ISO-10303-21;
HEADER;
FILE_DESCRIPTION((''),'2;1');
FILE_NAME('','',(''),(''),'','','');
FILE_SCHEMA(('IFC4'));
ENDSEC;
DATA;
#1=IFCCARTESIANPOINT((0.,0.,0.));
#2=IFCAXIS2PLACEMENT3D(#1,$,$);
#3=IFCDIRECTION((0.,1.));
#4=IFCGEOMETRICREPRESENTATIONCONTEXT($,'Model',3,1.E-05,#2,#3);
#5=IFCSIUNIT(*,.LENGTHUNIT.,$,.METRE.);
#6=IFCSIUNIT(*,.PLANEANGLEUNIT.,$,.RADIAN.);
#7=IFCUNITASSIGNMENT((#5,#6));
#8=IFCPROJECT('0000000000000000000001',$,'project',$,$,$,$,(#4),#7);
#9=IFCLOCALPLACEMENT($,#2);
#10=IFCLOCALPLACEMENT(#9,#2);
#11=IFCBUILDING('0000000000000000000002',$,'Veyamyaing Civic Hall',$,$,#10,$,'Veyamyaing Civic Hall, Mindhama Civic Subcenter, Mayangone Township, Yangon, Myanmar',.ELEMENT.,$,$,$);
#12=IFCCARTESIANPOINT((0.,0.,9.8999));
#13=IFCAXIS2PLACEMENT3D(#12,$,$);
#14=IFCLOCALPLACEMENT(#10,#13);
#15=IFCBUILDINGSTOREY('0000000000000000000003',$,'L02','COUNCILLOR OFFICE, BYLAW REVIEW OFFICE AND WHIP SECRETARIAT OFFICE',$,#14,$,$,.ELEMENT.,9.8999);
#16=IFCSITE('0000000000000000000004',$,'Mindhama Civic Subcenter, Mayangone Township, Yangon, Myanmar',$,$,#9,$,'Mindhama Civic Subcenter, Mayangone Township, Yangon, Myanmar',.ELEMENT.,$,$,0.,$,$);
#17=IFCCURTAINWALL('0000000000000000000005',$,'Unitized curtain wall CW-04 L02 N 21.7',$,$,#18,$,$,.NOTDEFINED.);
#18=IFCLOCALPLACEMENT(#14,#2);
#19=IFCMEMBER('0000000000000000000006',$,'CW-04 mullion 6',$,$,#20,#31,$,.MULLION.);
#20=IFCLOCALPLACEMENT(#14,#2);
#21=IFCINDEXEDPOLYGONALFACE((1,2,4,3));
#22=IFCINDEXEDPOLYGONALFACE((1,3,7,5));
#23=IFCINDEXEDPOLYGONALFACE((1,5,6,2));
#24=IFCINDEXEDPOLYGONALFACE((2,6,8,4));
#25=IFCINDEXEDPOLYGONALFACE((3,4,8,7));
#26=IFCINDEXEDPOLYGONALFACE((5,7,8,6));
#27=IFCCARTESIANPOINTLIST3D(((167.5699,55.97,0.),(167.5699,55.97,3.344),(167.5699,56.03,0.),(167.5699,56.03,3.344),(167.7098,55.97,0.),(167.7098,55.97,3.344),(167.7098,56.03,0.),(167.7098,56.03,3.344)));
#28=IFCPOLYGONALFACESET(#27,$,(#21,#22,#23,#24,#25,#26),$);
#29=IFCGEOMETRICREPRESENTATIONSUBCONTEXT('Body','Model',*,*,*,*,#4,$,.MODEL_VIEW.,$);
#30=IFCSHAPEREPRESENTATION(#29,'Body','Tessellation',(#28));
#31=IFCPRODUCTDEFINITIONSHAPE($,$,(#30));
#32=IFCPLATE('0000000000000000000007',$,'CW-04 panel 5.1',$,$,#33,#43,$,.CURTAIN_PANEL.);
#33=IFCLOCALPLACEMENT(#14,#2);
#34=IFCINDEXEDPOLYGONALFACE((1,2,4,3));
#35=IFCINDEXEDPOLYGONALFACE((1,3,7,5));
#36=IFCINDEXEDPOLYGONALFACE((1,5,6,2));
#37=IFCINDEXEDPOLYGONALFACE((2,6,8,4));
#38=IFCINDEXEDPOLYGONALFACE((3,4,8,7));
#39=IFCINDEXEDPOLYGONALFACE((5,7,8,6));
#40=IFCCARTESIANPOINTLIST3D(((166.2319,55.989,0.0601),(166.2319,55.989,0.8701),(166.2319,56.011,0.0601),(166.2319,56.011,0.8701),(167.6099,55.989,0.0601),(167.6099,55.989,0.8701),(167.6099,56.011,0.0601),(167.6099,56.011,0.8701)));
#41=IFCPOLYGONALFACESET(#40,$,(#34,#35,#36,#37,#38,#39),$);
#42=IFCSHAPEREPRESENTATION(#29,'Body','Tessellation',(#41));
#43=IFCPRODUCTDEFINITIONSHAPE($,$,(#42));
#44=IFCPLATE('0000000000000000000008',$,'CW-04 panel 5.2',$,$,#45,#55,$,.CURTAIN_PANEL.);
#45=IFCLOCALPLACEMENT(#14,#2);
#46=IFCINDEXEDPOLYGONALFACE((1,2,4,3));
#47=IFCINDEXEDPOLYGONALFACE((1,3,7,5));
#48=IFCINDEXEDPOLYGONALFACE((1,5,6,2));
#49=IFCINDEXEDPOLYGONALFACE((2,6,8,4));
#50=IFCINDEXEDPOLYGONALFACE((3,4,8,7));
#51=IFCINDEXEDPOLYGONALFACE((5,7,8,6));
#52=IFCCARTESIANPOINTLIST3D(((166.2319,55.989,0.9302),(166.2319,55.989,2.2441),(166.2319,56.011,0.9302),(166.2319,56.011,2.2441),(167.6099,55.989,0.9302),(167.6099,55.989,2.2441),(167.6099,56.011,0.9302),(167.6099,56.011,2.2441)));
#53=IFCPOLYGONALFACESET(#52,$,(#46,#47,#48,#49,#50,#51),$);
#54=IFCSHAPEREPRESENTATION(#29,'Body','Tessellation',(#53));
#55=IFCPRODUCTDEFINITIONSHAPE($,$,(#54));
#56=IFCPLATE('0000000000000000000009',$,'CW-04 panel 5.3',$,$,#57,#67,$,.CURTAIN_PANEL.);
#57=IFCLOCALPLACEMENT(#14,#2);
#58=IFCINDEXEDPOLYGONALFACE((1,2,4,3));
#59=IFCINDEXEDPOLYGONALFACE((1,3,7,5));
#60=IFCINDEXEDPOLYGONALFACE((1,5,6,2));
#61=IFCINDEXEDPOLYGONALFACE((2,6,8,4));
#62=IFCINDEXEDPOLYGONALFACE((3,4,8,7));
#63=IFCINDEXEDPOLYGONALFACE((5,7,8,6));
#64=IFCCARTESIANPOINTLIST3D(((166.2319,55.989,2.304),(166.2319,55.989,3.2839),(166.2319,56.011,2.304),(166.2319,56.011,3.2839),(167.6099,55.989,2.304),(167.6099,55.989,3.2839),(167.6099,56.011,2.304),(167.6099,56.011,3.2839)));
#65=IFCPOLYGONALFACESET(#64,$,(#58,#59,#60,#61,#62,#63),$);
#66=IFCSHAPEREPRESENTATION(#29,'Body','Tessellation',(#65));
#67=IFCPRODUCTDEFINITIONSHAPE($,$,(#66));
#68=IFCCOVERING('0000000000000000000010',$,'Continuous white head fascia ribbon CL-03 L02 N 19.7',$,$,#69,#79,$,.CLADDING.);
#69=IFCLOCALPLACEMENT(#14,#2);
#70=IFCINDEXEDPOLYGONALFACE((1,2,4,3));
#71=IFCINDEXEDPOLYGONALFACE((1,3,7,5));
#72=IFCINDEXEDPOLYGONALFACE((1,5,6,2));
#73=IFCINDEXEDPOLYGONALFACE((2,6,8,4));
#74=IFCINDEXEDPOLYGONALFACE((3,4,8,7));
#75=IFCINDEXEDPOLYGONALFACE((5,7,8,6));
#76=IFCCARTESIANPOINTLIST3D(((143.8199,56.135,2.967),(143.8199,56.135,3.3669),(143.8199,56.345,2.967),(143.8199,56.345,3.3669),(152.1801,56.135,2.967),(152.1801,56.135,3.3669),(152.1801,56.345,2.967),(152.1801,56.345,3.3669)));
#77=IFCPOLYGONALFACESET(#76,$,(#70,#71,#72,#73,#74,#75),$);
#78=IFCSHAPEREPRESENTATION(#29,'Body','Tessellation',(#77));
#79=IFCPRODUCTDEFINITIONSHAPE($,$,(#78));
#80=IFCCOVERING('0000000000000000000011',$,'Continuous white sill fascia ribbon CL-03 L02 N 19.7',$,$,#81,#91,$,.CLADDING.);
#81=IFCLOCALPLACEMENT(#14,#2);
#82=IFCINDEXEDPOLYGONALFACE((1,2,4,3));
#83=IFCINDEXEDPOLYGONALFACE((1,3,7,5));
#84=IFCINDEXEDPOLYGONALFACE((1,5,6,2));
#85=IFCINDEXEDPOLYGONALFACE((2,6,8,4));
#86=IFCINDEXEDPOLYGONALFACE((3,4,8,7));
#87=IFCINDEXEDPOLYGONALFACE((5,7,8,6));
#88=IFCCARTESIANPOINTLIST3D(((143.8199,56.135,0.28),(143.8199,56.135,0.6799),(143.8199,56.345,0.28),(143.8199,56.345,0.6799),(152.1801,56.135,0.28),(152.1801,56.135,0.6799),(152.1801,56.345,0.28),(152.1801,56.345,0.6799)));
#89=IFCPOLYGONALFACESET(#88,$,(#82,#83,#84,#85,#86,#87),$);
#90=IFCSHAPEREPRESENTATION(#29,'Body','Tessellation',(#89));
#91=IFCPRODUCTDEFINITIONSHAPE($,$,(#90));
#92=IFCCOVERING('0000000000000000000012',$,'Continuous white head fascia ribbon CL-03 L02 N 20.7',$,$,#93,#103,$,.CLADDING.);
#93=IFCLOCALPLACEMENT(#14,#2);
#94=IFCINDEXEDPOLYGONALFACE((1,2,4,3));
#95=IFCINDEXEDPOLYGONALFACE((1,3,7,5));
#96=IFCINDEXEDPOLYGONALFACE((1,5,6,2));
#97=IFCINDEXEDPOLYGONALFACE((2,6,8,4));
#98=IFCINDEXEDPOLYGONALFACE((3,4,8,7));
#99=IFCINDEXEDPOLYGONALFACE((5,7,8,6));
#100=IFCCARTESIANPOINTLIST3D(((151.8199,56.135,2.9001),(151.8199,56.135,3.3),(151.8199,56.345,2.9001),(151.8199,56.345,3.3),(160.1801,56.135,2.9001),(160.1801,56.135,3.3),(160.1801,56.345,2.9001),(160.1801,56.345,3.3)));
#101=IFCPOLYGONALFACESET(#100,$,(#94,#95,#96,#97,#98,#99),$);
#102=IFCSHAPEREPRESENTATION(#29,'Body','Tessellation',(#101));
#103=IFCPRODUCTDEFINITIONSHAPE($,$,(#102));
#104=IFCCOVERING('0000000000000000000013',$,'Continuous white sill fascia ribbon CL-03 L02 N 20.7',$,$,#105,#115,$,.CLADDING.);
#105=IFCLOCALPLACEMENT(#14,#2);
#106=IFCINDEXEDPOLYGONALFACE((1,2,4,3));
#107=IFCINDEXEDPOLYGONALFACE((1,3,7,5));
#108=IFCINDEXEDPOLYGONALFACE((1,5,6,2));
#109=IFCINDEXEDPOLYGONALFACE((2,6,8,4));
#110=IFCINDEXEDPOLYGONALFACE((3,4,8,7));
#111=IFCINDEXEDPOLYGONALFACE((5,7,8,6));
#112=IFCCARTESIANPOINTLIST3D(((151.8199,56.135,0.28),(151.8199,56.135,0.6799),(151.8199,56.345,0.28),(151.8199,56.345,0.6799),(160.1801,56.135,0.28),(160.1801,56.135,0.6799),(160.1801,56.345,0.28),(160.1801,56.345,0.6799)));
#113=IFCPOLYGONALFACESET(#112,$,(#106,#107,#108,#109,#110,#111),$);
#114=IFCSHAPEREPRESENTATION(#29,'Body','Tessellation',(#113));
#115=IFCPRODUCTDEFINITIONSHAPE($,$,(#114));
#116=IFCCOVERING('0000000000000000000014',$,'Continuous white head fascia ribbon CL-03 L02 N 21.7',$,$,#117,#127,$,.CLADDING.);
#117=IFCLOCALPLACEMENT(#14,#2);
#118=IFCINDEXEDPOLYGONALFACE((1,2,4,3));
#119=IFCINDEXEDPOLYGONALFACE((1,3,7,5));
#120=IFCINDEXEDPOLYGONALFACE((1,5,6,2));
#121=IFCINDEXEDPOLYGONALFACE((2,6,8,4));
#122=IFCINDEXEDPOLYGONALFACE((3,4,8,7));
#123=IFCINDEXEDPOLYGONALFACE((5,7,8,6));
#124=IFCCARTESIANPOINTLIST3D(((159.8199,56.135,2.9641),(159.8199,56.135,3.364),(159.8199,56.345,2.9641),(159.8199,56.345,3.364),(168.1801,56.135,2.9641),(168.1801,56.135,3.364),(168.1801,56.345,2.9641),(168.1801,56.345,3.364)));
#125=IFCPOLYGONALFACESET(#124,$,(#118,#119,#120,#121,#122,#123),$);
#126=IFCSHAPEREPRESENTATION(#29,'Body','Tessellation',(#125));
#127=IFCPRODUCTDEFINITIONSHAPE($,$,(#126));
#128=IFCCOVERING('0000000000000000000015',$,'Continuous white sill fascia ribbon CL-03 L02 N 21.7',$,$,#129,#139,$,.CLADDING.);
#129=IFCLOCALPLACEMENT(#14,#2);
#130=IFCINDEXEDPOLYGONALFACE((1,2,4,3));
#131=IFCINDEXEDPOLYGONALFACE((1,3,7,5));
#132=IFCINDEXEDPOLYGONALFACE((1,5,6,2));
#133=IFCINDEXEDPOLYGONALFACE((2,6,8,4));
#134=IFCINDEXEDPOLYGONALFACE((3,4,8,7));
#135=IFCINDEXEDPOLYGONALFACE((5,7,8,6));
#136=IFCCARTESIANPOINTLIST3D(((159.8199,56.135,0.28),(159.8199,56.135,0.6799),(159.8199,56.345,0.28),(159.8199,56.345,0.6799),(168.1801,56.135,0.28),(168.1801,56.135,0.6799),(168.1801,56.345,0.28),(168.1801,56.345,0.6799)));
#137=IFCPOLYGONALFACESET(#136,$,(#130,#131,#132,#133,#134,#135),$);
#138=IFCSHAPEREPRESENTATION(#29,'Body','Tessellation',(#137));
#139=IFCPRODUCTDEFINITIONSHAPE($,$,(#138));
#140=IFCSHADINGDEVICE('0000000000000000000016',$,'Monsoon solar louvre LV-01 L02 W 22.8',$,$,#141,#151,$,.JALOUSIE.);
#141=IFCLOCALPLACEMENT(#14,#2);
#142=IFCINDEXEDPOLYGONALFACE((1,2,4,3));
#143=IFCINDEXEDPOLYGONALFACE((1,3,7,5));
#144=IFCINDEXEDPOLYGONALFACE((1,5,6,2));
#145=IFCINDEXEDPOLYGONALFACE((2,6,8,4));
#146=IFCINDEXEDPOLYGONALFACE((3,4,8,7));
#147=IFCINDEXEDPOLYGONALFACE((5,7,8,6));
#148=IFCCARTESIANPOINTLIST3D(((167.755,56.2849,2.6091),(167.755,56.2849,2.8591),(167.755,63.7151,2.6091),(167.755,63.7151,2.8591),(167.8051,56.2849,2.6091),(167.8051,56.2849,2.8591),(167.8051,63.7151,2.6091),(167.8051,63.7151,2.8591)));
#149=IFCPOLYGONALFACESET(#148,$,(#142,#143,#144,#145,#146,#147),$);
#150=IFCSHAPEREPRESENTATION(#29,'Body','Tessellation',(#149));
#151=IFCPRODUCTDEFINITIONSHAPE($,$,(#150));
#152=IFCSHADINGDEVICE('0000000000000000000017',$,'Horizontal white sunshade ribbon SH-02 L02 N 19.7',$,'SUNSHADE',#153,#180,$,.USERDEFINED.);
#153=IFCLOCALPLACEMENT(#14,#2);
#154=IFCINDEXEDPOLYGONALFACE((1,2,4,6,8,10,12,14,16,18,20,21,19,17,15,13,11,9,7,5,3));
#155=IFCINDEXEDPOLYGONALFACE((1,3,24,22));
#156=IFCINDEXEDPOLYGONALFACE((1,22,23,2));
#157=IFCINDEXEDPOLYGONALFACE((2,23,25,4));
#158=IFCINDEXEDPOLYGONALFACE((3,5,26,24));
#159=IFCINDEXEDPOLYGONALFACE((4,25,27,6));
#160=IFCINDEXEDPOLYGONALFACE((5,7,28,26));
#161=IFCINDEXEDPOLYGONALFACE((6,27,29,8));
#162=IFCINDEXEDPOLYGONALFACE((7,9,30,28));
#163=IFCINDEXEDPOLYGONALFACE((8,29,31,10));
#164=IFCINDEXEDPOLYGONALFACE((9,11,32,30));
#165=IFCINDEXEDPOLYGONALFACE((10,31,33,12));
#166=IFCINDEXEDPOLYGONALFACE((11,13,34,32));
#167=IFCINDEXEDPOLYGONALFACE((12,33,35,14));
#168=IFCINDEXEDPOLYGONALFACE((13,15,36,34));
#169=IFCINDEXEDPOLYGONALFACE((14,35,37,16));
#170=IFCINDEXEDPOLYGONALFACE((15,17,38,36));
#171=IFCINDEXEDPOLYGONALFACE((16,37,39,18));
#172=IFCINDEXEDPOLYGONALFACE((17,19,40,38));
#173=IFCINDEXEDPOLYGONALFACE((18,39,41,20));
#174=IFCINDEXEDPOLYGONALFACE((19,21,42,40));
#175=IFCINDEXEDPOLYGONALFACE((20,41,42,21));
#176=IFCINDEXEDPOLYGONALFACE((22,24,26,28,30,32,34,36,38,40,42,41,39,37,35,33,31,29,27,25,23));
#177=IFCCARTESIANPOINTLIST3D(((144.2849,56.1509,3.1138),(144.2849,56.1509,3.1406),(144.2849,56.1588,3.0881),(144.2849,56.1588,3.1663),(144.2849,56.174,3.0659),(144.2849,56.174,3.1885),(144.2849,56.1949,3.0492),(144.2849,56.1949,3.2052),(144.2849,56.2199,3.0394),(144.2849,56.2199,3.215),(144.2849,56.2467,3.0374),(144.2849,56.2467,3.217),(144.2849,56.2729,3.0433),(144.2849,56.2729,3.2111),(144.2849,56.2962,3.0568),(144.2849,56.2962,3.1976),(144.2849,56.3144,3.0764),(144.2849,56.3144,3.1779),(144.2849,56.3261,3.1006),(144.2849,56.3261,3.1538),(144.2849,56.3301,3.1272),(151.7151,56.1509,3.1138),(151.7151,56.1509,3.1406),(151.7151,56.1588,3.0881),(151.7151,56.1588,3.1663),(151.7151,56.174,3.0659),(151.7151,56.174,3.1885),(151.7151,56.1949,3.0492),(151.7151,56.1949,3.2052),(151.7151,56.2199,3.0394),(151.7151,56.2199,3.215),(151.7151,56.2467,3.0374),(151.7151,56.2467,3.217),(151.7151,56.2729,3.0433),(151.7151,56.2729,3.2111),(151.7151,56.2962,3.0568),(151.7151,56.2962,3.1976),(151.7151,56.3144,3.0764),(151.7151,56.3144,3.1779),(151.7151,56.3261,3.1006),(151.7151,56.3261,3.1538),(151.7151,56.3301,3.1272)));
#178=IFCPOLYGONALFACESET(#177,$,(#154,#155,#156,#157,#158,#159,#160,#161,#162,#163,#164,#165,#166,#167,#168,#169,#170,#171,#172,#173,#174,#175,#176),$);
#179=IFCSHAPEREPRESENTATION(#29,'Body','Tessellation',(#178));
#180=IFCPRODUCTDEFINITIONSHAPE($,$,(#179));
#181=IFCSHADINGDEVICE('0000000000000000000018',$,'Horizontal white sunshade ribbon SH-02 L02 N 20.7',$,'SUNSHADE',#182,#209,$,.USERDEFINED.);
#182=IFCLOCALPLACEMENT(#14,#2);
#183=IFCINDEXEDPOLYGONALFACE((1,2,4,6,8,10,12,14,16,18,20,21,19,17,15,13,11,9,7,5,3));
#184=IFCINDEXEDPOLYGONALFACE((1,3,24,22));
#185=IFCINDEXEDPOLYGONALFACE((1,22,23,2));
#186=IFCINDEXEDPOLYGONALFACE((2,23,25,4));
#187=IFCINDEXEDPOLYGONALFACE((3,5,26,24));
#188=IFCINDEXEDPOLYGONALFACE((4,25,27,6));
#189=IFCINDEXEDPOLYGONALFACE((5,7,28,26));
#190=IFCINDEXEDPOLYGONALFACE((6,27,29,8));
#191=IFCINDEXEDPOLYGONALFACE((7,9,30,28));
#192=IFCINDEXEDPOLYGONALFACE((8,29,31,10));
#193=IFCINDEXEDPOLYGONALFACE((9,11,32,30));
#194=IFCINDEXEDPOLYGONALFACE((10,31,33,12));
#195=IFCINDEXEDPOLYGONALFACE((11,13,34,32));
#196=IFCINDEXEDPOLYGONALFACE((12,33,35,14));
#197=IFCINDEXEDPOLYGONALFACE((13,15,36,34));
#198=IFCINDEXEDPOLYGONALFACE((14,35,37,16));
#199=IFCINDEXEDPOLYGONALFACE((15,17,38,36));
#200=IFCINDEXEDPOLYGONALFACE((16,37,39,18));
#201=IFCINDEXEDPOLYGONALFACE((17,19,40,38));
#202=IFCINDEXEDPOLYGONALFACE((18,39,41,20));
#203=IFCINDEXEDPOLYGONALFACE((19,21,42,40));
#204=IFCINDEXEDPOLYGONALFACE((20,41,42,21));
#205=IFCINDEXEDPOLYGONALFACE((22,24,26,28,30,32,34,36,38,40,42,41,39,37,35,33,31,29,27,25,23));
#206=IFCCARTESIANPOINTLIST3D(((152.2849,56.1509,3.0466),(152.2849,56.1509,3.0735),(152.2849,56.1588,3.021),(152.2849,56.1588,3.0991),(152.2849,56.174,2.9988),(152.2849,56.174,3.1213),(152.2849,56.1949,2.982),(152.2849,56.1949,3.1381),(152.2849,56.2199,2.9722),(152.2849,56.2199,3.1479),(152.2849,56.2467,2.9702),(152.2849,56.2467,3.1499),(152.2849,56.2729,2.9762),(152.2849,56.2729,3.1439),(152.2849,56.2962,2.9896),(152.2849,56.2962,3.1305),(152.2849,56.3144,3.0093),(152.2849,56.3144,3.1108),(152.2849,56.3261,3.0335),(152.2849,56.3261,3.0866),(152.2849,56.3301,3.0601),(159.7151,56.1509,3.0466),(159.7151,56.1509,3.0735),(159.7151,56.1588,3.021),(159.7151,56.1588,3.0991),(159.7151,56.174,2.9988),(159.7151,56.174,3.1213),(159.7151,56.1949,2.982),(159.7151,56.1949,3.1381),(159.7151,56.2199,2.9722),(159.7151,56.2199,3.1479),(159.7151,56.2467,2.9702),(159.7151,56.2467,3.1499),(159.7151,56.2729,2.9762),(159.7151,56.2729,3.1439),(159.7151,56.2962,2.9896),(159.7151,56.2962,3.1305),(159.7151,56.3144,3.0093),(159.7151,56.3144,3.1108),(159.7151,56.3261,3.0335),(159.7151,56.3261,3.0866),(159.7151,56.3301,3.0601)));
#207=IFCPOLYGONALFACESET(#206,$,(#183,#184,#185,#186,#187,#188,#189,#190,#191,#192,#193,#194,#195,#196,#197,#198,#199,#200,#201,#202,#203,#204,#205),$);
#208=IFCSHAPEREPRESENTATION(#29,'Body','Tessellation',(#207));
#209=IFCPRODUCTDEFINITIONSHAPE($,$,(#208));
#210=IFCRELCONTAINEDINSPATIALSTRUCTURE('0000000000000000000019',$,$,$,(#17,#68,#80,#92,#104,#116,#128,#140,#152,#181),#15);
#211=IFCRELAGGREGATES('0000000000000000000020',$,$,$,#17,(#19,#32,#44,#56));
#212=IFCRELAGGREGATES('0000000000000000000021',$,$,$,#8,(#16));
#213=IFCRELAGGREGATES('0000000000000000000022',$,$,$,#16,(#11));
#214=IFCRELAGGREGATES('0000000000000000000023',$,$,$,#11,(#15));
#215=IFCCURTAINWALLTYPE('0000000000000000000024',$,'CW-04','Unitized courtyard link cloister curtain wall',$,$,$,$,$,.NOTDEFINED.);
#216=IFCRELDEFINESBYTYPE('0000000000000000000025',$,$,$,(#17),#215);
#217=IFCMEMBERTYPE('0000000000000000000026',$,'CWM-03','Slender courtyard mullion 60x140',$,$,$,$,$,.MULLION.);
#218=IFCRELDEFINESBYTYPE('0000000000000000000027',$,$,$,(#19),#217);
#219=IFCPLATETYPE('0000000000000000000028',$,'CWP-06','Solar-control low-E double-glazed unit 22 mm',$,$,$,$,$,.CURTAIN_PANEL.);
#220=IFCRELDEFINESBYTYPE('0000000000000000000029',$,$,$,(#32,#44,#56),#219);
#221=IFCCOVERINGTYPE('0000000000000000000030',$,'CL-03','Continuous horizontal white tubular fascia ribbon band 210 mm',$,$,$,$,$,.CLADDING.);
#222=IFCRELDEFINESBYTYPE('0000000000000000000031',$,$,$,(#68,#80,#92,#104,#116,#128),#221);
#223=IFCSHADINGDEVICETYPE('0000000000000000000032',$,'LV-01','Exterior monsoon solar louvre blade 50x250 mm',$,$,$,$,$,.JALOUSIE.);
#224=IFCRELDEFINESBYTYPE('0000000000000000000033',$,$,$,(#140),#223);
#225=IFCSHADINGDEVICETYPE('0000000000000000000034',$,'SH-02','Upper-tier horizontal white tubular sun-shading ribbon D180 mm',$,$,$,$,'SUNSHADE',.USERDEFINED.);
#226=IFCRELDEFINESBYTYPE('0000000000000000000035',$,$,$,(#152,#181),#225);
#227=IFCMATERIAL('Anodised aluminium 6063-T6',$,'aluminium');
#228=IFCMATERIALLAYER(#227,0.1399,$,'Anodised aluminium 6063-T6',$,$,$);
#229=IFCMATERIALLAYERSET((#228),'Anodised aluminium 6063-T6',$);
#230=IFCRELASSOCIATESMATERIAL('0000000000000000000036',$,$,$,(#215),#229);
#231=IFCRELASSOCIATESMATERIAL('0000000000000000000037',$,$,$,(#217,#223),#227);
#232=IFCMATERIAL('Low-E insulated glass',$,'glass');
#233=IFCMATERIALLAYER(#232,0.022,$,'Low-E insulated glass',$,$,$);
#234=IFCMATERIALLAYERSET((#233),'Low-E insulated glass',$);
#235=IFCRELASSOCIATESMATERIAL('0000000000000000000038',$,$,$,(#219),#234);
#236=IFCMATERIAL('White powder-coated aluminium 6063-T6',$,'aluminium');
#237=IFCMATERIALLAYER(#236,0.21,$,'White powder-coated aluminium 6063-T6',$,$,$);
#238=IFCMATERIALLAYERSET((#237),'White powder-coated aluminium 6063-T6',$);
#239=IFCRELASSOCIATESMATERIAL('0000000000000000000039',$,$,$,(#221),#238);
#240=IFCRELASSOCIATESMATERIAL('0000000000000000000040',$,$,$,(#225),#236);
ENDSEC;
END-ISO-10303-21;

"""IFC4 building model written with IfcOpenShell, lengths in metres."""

from ifc_helpers import new_model, si_unit, direction, frame, origin, origin_2d, place, context, subcontext, project, spatial, rectangle, circle, extrude, material, layer, layer_set, material_profile, profile_set, type_object, element, aggregate, save


model = new_model("IFC4")

# Units and contexts
model_context = context("Model", 3, precision=1e-05, world=origin(), true_north=direction((0.0, 1.0)))
body_context = subcontext(model_context, "Body", "Model", "MODEL_VIEW")
ifc_project = project(units=[si_unit("LENGTHUNIT", "METRE"), si_unit("PLANEANGLEUNIT", "RADIAN")], contexts=[model_context])

# Site, building, storey
site_placement = place(None, origin())
site = spatial("IfcSite", under=ifc_project, at=site_placement, Name="Mindhama Civic Subcenter, Mayangone Township, Yangon, Myanmar", LongName="Mindhama Civic Subcenter, Mayangone Township, Yangon, Myanmar", CompositionType="ELEMENT", RefElevation=0.0)
building_placement = place(site_placement, origin())
building = spatial("IfcBuilding", under=site, at=building_placement, Name="Veyamyaing Civic Hall", LongName="Veyamyaing Civic Hall, Mindhama Civic Subcenter, Mayangone Township, Yangon, Myanmar", CompositionType="ELEMENT")
storey_placement = place(building_placement, frame((0.0, 0.0, 9.8999)))
storey = spatial("IfcBuildingStorey", under=building, at=storey_placement, Name="L02", Description="COUNCILLOR OFFICE, BYLAW REVIEW OFFICE AND WHIP SECRETARIAT OFFICE", CompositionType="ELEMENT", Elevation=9.8999)

# Curtain wall, member, plates
ifc_material_1 = material(Name="Anodised aluminium 6063-T6", Category="aluminium")
ifc_layer_1 = layer(ifc_material_1, 0.1399, Name="Anodised aluminium 6063-T6")
ifc_layer_set_1 = layer_set([ifc_layer_1], Name="Anodised aluminium 6063-T6")
curtain_wall_type = type_object("IfcCurtainWallType", Name="CW-04", Description="Unitized courtyard link cloister curtain wall", PredefinedType="NOTDEFINED", material=ifc_layer_set_1)
curtain_wall_placement = place(storey_placement, origin())
curtain_wall = element("IfcCurtainWall", 1, at=curtain_wall_placement, inside=storey, type_object=curtain_wall_type, Name="Unitized curtain wall CW-04 L02 N 21.7", PredefinedType="NOTDEFINED")
ifc_material_profile_1 = material_profile(ifc_material_1, rectangle(XDim=0.0601, YDim=0.1399, at=origin_2d()), Name="ALU-MUL-60X140")
ifc_profile_set_1 = profile_set([ifc_material_profile_1], Name="Anodised aluminium 6063-T6")
member_type = type_object("IfcMemberType", Name="CWM-03", Description="Slender courtyard mullion 60x140", PredefinedType="MULLION", material=ifc_profile_set_1)
member_placement = place(storey_placement, frame((167.6399, 56.0, 0.0), z_axis=(0.0, 0.0, 1.0), x_axis=(0.0, 1.0, 0.0)))
member = element("IfcMember", 2, at=member_placement, type_object=member_type, Name="CW-04 mullion 6", PredefinedType="MULLION", context=body_context, shape_type="SweptSolid", body=[
    extrude(rectangle(XDim=0.0601, YDim=0.1399, at=origin_2d()), origin(), (0.0, 0.0, 1.0), 3.344),
])
ifc_material_2 = material(Name="Low-E insulated glass", Category="glass")
ifc_layer_2 = layer(ifc_material_2, 0.022, Name="Low-E insulated glass")
ifc_layer_set_2 = layer_set([ifc_layer_2], Name="Low-E insulated glass")
plate_type = type_object("IfcPlateType", Name="CWP-06", Description="Solar-control low-E double-glazed unit 22 mm", PredefinedType="CURTAIN_PANEL", material=ifc_layer_set_2)
plate_1_placement = place(storey_placement, frame((166.9209, 56.0, 0.0601), z_axis=(0.0, 0.0, 1.0), x_axis=(1.0, 0.0, 0.0)))
plate_1 = element("IfcPlate", 3, at=plate_1_placement, type_object=plate_type, Name="CW-04 panel 5.1", PredefinedType="CURTAIN_PANEL", context=body_context, shape_type="SweptSolid", body=[
    extrude(rectangle(XDim=1.3779, YDim=0.022, at=origin_2d()), origin(), (0.0, 0.0, 1.0), 0.8101),
])
plate_2_placement = place(storey_placement, frame((166.9209, 56.0, 0.9302), z_axis=(0.0, 0.0, 1.0), x_axis=(1.0, 0.0, 0.0)))
plate_2 = element("IfcPlate", 4, at=plate_2_placement, type_object=plate_type, Name="CW-04 panel 5.2", PredefinedType="CURTAIN_PANEL", context=body_context, shape_type="SweptSolid", body=[
    extrude(rectangle(XDim=1.3779, YDim=0.022, at=origin_2d()), origin(), (0.0, 0.0, 1.0), 1.314),
])
plate_3_placement = place(storey_placement, frame((166.9209, 56.0, 2.304), z_axis=(0.0, 0.0, 1.0), x_axis=(1.0, 0.0, 0.0)))
plate_3 = element("IfcPlate", 5, at=plate_3_placement, type_object=plate_type, Name="CW-04 panel 5.3", PredefinedType="CURTAIN_PANEL", context=body_context, shape_type="SweptSolid", body=[
    extrude(rectangle(XDim=1.3779, YDim=0.022, at=origin_2d()), origin(), (0.0, 0.0, 1.0), 0.98),
])
aggregate(curtain_wall, [member, plate_1, plate_2, plate_3])

# Coverings
ifc_material_3 = material(Name="White powder-coated aluminium 6063-T6", Category="aluminium")
ifc_layer_3 = layer(ifc_material_3, 0.21, Name="White powder-coated aluminium 6063-T6")
ifc_layer_set_3 = layer_set([ifc_layer_3], Name="White powder-coated aluminium 6063-T6")
covering_type = type_object("IfcCoveringType", Name="CL-03", Description="Continuous horizontal white tubular fascia ribbon band 210 mm", PredefinedType="CLADDING", material=ifc_layer_set_3)
for number, where, z_axis, x_axis, name in (
    (6, (148.0, 56.24, 2.967), (0.0, 0.0, 1.0), (1.0, 0.0, 0.0), "Continuous white head fascia ribbon CL-03 L02 N 19.7"),
    (7, (148.0, 56.24, 0.28), (0.0, 0.0, 1.0), (1.0, 0.0, 0.0), "Continuous white sill fascia ribbon CL-03 L02 N 19.7"),
    (8, (156.0, 56.24, 2.9001), (0.0, 0.0, 1.0), (1.0, 0.0, 0.0), "Continuous white head fascia ribbon CL-03 L02 N 20.7"),
    (9, (156.0, 56.24, 0.28), (0.0, 0.0, 1.0), (1.0, 0.0, 0.0), "Continuous white sill fascia ribbon CL-03 L02 N 20.7"),
    (10, (164.0, 56.24, 2.9641), (0.0, 0.0, 1.0), (1.0, 0.0, 0.0), "Continuous white head fascia ribbon CL-03 L02 N 21.7"),
    (11, (164.0, 56.24, 0.28), (0.0, 0.0, 1.0), (1.0, 0.0, 0.0), "Continuous white sill fascia ribbon CL-03 L02 N 21.7"),
):
    element("IfcCovering", number, at=place(storey_placement, frame(where, z_axis=z_axis, x_axis=x_axis)), inside=storey, type_object=covering_type, Name=name, PredefinedType="CLADDING", context=body_context, shape_type="SweptSolid", body=[
        extrude(rectangle(XDim=8.3601, YDim=0.21, at=origin_2d()), origin(), (0.0, 0.0, 1.0), 0.3999),
    ])

# Shading devices
ifc_material_profile_2 = material_profile(ifc_material_1, rectangle(XDim=0.05, YDim=0.25, at=origin_2d()), Name="LOUVRE-BLADE-50X250")
ifc_profile_set_2 = profile_set([ifc_material_profile_2], Name="Anodised aluminium 6063-T6")
shading_device_type_1 = type_object("IfcShadingDeviceType", Name="LV-01", Description="Exterior monsoon solar louvre blade 50x250 mm", PredefinedType="JALOUSIE", material=ifc_profile_set_2)
shading_device_placement = place(storey_placement, frame((167.78, 56.2849, 2.7341), z_axis=(0.0, 1.0, 0.0), x_axis=(-1.0, 0.0, 0.0)))
element("IfcShadingDevice", 12, at=shading_device_placement, inside=storey, type_object=shading_device_type_1, Name="Monsoon solar louvre LV-01 L02 W 22.8", PredefinedType="JALOUSIE", context=body_context, shape_type="SweptSolid", body=[
    extrude(rectangle(XDim=0.05, YDim=0.25, at=origin_2d()), origin(), (0.0, 0.0, 1.0), 7.4302),
])
ifc_material_profile_3 = material_profile(ifc_material_3, circle(Radius=0.0901, at=origin_2d()), Name="SHADE-TUBE-180")
ifc_profile_set_3 = profile_set([ifc_material_profile_3], Name="White powder-coated aluminium 6063-T6")
shading_device_type_2 = type_object("IfcShadingDeviceType", Name="SH-02", Description="Upper-tier horizontal white tubular sun-shading ribbon D180 mm", ElementType="SUNSHADE", PredefinedType="USERDEFINED", material=ifc_profile_set_3)
for number, where, z_axis, x_axis, name in (
    (13, (144.2849, 56.24, 3.1272), (1.0, 0.0, 0.0), (0.0, 1.0, 0.0), "Horizontal white sunshade ribbon SH-02 L02 N 19.7"),
    (14, (152.2849, 56.24, 3.0601), (1.0, 0.0, 0.0), (0.0, 1.0, 0.0), "Horizontal white sunshade ribbon SH-02 L02 N 20.7"),
):
    element("IfcShadingDevice", number, at=place(storey_placement, frame(where, z_axis=z_axis, x_axis=x_axis)), inside=storey, type_object=shading_device_type_2, Name=name, ObjectType="SUNSHADE", PredefinedType="USERDEFINED", context=body_context, shape_type="SweptSolid", body=[
        extrude(circle(Radius=0.0901, at=origin_2d()), origin(), (0.0, 0.0, 1.0), 7.4302),
    ])

save(model, "model.ifc")
